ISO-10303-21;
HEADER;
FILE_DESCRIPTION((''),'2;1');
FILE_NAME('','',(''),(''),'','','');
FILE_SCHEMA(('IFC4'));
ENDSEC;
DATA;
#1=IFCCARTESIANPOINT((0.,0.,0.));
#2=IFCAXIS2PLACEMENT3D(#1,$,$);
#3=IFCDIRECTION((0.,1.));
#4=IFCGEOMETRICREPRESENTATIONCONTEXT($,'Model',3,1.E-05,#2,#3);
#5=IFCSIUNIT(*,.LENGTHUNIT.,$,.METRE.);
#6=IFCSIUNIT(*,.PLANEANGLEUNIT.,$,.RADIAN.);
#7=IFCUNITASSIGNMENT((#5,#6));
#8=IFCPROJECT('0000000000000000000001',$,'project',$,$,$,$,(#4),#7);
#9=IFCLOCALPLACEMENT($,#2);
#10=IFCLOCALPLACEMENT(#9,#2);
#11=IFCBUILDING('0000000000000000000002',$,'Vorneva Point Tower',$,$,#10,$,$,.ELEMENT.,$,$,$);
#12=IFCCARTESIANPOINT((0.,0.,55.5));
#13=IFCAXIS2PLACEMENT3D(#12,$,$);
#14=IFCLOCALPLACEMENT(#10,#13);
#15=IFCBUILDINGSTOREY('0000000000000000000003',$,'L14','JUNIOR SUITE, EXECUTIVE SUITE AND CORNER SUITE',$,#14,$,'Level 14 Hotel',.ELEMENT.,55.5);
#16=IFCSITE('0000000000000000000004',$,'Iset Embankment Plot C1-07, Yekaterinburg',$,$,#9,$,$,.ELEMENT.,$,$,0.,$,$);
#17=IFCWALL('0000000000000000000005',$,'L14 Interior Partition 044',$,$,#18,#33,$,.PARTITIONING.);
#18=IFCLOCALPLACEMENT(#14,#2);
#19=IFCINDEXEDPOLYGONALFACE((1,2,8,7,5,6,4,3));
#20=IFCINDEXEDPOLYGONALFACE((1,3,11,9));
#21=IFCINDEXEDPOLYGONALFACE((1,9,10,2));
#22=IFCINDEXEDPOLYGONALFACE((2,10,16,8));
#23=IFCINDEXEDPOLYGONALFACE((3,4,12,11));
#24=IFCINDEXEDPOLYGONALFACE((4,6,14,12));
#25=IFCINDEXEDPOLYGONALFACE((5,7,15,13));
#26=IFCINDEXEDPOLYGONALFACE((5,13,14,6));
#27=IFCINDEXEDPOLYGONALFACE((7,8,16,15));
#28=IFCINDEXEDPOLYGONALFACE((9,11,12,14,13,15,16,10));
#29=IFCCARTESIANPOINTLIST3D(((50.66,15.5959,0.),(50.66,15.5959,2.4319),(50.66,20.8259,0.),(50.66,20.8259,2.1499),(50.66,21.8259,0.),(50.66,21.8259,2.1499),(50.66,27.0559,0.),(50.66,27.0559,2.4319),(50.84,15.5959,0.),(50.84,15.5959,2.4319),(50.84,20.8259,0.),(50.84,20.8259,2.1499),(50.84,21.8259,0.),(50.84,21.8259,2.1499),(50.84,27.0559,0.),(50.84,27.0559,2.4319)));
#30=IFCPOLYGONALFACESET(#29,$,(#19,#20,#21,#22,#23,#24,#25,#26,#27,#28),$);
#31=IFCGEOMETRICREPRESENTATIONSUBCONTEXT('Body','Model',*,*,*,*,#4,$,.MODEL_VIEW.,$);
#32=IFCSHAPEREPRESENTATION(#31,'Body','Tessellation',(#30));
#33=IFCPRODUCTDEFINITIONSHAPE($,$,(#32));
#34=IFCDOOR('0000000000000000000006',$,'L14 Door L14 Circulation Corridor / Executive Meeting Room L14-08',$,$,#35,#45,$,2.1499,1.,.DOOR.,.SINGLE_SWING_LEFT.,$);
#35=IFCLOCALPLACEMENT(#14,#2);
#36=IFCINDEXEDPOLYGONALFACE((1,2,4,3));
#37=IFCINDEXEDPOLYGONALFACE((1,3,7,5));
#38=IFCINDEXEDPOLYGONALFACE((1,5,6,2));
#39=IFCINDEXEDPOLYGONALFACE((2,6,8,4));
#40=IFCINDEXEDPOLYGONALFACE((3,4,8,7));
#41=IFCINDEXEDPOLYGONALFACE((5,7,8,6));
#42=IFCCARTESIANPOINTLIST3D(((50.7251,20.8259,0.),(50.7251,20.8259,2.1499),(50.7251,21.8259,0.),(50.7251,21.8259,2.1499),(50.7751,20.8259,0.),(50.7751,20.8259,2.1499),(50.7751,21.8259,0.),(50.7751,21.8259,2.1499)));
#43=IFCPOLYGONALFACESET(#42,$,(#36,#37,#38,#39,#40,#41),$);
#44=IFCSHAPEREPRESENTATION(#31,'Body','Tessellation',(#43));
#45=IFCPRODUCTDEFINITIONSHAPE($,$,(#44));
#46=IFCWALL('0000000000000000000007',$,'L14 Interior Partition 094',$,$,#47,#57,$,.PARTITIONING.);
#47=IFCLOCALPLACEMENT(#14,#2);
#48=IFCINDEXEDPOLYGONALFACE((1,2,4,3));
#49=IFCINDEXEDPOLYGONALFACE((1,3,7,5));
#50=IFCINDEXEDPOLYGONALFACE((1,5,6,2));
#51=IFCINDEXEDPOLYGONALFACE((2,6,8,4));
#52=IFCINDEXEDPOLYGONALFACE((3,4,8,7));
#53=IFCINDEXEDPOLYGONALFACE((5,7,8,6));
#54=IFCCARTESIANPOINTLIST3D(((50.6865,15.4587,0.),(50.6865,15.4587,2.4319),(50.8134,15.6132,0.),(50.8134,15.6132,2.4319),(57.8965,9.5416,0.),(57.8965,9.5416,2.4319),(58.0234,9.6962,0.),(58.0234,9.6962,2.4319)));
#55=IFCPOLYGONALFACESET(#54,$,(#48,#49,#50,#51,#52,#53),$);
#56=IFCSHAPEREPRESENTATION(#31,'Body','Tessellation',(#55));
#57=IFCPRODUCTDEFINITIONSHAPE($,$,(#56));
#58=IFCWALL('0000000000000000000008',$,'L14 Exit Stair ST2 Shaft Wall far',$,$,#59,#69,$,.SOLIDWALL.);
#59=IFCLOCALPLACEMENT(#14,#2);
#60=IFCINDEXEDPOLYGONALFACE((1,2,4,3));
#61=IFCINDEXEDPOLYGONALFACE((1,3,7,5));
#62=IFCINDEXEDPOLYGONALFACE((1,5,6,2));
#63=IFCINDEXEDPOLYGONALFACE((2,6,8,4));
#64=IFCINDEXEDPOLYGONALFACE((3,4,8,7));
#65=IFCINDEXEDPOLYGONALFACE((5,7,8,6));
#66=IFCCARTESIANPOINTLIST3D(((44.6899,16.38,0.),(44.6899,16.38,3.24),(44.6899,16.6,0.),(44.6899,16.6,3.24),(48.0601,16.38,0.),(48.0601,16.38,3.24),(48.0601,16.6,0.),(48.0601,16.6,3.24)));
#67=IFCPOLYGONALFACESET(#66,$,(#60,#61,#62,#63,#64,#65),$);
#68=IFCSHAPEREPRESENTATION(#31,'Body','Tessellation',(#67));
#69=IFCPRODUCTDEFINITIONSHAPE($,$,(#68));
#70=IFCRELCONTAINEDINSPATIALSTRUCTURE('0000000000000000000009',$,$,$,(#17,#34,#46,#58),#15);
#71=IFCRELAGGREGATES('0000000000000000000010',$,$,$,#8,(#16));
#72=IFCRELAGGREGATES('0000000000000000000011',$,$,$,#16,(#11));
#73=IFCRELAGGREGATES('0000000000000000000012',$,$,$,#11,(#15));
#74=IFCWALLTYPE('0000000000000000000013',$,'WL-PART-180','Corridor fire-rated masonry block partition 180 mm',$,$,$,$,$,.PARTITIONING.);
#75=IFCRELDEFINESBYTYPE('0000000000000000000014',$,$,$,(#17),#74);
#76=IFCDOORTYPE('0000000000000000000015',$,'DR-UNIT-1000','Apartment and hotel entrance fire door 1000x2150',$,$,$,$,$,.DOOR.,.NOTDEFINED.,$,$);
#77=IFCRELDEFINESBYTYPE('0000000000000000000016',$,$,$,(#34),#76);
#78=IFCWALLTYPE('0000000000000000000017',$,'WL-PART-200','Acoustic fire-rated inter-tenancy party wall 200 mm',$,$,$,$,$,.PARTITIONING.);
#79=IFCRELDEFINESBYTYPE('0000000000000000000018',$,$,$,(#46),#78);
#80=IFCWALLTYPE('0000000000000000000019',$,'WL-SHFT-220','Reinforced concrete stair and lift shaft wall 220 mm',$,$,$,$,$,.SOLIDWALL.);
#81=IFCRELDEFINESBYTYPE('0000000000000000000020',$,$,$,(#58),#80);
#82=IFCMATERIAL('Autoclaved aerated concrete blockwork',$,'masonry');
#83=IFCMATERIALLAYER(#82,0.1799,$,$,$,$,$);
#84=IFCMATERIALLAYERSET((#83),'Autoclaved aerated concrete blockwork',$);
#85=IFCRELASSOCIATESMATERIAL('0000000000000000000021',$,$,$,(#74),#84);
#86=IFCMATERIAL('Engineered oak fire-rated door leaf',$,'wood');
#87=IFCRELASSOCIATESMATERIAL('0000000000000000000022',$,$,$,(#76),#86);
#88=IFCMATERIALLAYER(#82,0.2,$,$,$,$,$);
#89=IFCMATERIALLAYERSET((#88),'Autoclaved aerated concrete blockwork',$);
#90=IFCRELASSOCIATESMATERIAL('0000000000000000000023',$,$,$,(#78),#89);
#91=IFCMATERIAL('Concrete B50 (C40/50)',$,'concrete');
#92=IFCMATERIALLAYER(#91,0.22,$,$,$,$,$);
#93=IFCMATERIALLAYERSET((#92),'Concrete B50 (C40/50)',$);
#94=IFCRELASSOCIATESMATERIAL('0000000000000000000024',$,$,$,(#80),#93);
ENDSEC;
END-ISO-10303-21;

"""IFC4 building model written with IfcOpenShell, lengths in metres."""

from ifc_helpers import new_model, si_unit, direction, frame, frame_2d, origin, place, context, subcontext, project, spatial, rectangle, extrude, material, layer, layer_set, type_object, element, fill, save


model = new_model("IFC4")

# Units and contexts
model_context = context("Model", 3, precision=1e-05, world=origin(), true_north=direction((0.0, 1.0)))
body_context = subcontext(model_context, "Body", "Model", "MODEL_VIEW")
ifc_project = project(units=[si_unit("LENGTHUNIT", "METRE"), si_unit("PLANEANGLEUNIT", "RADIAN")], contexts=[model_context])

# Site, building, storey
site_placement = place(None, origin())
site = spatial("IfcSite", under=ifc_project, at=site_placement, Name="Iset Embankment Plot C1-07, Yekaterinburg", CompositionType="ELEMENT", RefElevation=0.0)
building_placement = place(site_placement, origin())
building = spatial("IfcBuilding", under=site, at=building_placement, Name="Vorneva Point Tower", CompositionType="ELEMENT")
storey_placement = place(building_placement, frame((0.0, 0.0, 55.5)))
storey = spatial("IfcBuildingStorey", under=building, at=storey_placement, Name="L14", Description="JUNIOR SUITE, EXECUTIVE SUITE AND CORNER SUITE", LongName="Level 14 Hotel", CompositionType="ELEMENT", Elevation=55.5)

# Shared definitions
ifc_material_1 = material(Name="Autoclaved aerated concrete blockwork", Category="masonry")
ifc_layer_1 = layer(ifc_material_1, 0.1799)
ifc_layer_set_1 = layer_set([ifc_layer_1], Name="Autoclaved aerated concrete blockwork")
wall_type_1 = type_object("IfcWallType", Name="WL-PART-180", Description="Corridor fire-rated masonry block partition 180 mm", PredefinedType="PARTITIONING", material=ifc_layer_set_1)

# Wall, opening, door
wall_1_placement = place(storey_placement, frame((50.75, 15.5959, 0.0), z_axis=(0.0, 0.0, 1.0), x_axis=(0.0, 1.0, 0.0)))
wall_1 = element("IfcWall", 1, at=wall_1_placement, inside=storey, type_object=wall_type_1, Name="L14 Interior Partition 044", PredefinedType="PARTITIONING", context=body_context, shape_type="SweptSolid", body=[
    extrude(rectangle(XDim=11.46, YDim=0.1799, at=frame_2d((5.73, 0.0))), origin(), (0.0, 0.0, 1.0), 2.4319),
])
opening_1_placement = place(wall_1_placement, frame((5.23, 0.0, 0.0)))
opening_1 = element("IfcOpeningElement", 2, at=opening_1_placement, cuts=wall_1, PredefinedType="OPENING", context=body_context, shape_type="SweptSolid", body=[
    extrude(rectangle(XDim=1.0, YDim=2.1499, at=frame_2d((0.5, 1.075))), frame((0.0, 0.105, 0.0), z_axis=(0.0, -1.0, 0.0), x_axis=(1.0, 0.0, 0.0)), (0.0, 0.0, 1.0), 0.2097),
])
ifc_material_2 = material(Name="Engineered oak fire-rated door leaf", Category="wood")
door_type = type_object("IfcDoorType", Name="DR-UNIT-1000", Description="Apartment and hotel entrance fire door 1000x2150", OperationType="NOTDEFINED", PredefinedType="DOOR", material=ifc_material_2)
door_placement = place(opening_1_placement, origin())
door = element("IfcDoor", 3, at=door_placement, inside=storey, type_object=door_type, Name="L14 Door L14 Circulation Corridor / Executive Meeting Room L14-08", OperationType="SINGLE_SWING_LEFT", OverallHeight=2.1499, OverallWidth=1.0, PredefinedType="DOOR", context=body_context, shape_type="SweptSolid", body=[
    extrude(rectangle(XDim=1.0, YDim=2.1499, at=frame_2d((0.5, 1.075))), frame((0.0, 0.0249, 0.0), z_axis=(0.0, -1.0, 0.0), x_axis=(1.0, 0.0, 0.0)), (0.0, 0.0, 1.0), 0.05),
])
fill(opening_1, door)

# Walls
ifc_layer_2 = layer(ifc_material_1, 0.2)
ifc_layer_set_2 = layer_set([ifc_layer_2], Name="Autoclaved aerated concrete blockwork")
wall_type_2 = type_object("IfcWallType", Name="WL-PART-200", Description="Acoustic fire-rated inter-tenancy party wall 200 mm", PredefinedType="PARTITIONING", material=ifc_layer_set_2)
wall_2_placement = place(storey_placement, frame((57.96, 9.6189, 0.0), z_axis=(0.0, 0.0, 1.0), x_axis=(-0.773014, 0.634389, 0.0)))
element("IfcWall", 4, at=wall_2_placement, inside=storey, type_object=wall_type_2, Name="L14 Interior Partition 094", PredefinedType="PARTITIONING", context=body_context, shape_type="SweptSolid", body=[
    extrude(rectangle(XDim=9.3271, YDim=0.2, at=frame_2d((4.6636, 0.0))), origin(), (0.0, 0.0, 1.0), 2.4319),
])
ifc_material_3 = material(Name="Concrete B50 (C40/50)", Category="concrete")
ifc_layer_3 = layer(ifc_material_3, 0.22)
ifc_layer_set_3 = layer_set([ifc_layer_3], Name="Concrete B50 (C40/50)")
wall_type_3 = type_object("IfcWallType", Name="WL-SHFT-220", Description="Reinforced concrete stair and lift shaft wall 220 mm", PredefinedType="SOLIDWALL", material=ifc_layer_set_3)
wall_3_placement = place(storey_placement, frame((48.0601, 16.49, 0.0), z_axis=(0.0, 0.0, 1.0), x_axis=(-1.0, 0.0, 0.0)))
element("IfcWall", 5, at=wall_3_placement, inside=storey, type_object=wall_type_3, Name="L14 Exit Stair ST2 Shaft Wall far", PredefinedType="SOLIDWALL", context=body_context, shape_type="SweptSolid", body=[
    extrude(rectangle(XDim=3.3701, YDim=0.22, at=frame_2d((1.6851, 0.0))), origin(), (0.0, 0.0, 1.0), 3.24),
])

save(model, "model.ifc")
